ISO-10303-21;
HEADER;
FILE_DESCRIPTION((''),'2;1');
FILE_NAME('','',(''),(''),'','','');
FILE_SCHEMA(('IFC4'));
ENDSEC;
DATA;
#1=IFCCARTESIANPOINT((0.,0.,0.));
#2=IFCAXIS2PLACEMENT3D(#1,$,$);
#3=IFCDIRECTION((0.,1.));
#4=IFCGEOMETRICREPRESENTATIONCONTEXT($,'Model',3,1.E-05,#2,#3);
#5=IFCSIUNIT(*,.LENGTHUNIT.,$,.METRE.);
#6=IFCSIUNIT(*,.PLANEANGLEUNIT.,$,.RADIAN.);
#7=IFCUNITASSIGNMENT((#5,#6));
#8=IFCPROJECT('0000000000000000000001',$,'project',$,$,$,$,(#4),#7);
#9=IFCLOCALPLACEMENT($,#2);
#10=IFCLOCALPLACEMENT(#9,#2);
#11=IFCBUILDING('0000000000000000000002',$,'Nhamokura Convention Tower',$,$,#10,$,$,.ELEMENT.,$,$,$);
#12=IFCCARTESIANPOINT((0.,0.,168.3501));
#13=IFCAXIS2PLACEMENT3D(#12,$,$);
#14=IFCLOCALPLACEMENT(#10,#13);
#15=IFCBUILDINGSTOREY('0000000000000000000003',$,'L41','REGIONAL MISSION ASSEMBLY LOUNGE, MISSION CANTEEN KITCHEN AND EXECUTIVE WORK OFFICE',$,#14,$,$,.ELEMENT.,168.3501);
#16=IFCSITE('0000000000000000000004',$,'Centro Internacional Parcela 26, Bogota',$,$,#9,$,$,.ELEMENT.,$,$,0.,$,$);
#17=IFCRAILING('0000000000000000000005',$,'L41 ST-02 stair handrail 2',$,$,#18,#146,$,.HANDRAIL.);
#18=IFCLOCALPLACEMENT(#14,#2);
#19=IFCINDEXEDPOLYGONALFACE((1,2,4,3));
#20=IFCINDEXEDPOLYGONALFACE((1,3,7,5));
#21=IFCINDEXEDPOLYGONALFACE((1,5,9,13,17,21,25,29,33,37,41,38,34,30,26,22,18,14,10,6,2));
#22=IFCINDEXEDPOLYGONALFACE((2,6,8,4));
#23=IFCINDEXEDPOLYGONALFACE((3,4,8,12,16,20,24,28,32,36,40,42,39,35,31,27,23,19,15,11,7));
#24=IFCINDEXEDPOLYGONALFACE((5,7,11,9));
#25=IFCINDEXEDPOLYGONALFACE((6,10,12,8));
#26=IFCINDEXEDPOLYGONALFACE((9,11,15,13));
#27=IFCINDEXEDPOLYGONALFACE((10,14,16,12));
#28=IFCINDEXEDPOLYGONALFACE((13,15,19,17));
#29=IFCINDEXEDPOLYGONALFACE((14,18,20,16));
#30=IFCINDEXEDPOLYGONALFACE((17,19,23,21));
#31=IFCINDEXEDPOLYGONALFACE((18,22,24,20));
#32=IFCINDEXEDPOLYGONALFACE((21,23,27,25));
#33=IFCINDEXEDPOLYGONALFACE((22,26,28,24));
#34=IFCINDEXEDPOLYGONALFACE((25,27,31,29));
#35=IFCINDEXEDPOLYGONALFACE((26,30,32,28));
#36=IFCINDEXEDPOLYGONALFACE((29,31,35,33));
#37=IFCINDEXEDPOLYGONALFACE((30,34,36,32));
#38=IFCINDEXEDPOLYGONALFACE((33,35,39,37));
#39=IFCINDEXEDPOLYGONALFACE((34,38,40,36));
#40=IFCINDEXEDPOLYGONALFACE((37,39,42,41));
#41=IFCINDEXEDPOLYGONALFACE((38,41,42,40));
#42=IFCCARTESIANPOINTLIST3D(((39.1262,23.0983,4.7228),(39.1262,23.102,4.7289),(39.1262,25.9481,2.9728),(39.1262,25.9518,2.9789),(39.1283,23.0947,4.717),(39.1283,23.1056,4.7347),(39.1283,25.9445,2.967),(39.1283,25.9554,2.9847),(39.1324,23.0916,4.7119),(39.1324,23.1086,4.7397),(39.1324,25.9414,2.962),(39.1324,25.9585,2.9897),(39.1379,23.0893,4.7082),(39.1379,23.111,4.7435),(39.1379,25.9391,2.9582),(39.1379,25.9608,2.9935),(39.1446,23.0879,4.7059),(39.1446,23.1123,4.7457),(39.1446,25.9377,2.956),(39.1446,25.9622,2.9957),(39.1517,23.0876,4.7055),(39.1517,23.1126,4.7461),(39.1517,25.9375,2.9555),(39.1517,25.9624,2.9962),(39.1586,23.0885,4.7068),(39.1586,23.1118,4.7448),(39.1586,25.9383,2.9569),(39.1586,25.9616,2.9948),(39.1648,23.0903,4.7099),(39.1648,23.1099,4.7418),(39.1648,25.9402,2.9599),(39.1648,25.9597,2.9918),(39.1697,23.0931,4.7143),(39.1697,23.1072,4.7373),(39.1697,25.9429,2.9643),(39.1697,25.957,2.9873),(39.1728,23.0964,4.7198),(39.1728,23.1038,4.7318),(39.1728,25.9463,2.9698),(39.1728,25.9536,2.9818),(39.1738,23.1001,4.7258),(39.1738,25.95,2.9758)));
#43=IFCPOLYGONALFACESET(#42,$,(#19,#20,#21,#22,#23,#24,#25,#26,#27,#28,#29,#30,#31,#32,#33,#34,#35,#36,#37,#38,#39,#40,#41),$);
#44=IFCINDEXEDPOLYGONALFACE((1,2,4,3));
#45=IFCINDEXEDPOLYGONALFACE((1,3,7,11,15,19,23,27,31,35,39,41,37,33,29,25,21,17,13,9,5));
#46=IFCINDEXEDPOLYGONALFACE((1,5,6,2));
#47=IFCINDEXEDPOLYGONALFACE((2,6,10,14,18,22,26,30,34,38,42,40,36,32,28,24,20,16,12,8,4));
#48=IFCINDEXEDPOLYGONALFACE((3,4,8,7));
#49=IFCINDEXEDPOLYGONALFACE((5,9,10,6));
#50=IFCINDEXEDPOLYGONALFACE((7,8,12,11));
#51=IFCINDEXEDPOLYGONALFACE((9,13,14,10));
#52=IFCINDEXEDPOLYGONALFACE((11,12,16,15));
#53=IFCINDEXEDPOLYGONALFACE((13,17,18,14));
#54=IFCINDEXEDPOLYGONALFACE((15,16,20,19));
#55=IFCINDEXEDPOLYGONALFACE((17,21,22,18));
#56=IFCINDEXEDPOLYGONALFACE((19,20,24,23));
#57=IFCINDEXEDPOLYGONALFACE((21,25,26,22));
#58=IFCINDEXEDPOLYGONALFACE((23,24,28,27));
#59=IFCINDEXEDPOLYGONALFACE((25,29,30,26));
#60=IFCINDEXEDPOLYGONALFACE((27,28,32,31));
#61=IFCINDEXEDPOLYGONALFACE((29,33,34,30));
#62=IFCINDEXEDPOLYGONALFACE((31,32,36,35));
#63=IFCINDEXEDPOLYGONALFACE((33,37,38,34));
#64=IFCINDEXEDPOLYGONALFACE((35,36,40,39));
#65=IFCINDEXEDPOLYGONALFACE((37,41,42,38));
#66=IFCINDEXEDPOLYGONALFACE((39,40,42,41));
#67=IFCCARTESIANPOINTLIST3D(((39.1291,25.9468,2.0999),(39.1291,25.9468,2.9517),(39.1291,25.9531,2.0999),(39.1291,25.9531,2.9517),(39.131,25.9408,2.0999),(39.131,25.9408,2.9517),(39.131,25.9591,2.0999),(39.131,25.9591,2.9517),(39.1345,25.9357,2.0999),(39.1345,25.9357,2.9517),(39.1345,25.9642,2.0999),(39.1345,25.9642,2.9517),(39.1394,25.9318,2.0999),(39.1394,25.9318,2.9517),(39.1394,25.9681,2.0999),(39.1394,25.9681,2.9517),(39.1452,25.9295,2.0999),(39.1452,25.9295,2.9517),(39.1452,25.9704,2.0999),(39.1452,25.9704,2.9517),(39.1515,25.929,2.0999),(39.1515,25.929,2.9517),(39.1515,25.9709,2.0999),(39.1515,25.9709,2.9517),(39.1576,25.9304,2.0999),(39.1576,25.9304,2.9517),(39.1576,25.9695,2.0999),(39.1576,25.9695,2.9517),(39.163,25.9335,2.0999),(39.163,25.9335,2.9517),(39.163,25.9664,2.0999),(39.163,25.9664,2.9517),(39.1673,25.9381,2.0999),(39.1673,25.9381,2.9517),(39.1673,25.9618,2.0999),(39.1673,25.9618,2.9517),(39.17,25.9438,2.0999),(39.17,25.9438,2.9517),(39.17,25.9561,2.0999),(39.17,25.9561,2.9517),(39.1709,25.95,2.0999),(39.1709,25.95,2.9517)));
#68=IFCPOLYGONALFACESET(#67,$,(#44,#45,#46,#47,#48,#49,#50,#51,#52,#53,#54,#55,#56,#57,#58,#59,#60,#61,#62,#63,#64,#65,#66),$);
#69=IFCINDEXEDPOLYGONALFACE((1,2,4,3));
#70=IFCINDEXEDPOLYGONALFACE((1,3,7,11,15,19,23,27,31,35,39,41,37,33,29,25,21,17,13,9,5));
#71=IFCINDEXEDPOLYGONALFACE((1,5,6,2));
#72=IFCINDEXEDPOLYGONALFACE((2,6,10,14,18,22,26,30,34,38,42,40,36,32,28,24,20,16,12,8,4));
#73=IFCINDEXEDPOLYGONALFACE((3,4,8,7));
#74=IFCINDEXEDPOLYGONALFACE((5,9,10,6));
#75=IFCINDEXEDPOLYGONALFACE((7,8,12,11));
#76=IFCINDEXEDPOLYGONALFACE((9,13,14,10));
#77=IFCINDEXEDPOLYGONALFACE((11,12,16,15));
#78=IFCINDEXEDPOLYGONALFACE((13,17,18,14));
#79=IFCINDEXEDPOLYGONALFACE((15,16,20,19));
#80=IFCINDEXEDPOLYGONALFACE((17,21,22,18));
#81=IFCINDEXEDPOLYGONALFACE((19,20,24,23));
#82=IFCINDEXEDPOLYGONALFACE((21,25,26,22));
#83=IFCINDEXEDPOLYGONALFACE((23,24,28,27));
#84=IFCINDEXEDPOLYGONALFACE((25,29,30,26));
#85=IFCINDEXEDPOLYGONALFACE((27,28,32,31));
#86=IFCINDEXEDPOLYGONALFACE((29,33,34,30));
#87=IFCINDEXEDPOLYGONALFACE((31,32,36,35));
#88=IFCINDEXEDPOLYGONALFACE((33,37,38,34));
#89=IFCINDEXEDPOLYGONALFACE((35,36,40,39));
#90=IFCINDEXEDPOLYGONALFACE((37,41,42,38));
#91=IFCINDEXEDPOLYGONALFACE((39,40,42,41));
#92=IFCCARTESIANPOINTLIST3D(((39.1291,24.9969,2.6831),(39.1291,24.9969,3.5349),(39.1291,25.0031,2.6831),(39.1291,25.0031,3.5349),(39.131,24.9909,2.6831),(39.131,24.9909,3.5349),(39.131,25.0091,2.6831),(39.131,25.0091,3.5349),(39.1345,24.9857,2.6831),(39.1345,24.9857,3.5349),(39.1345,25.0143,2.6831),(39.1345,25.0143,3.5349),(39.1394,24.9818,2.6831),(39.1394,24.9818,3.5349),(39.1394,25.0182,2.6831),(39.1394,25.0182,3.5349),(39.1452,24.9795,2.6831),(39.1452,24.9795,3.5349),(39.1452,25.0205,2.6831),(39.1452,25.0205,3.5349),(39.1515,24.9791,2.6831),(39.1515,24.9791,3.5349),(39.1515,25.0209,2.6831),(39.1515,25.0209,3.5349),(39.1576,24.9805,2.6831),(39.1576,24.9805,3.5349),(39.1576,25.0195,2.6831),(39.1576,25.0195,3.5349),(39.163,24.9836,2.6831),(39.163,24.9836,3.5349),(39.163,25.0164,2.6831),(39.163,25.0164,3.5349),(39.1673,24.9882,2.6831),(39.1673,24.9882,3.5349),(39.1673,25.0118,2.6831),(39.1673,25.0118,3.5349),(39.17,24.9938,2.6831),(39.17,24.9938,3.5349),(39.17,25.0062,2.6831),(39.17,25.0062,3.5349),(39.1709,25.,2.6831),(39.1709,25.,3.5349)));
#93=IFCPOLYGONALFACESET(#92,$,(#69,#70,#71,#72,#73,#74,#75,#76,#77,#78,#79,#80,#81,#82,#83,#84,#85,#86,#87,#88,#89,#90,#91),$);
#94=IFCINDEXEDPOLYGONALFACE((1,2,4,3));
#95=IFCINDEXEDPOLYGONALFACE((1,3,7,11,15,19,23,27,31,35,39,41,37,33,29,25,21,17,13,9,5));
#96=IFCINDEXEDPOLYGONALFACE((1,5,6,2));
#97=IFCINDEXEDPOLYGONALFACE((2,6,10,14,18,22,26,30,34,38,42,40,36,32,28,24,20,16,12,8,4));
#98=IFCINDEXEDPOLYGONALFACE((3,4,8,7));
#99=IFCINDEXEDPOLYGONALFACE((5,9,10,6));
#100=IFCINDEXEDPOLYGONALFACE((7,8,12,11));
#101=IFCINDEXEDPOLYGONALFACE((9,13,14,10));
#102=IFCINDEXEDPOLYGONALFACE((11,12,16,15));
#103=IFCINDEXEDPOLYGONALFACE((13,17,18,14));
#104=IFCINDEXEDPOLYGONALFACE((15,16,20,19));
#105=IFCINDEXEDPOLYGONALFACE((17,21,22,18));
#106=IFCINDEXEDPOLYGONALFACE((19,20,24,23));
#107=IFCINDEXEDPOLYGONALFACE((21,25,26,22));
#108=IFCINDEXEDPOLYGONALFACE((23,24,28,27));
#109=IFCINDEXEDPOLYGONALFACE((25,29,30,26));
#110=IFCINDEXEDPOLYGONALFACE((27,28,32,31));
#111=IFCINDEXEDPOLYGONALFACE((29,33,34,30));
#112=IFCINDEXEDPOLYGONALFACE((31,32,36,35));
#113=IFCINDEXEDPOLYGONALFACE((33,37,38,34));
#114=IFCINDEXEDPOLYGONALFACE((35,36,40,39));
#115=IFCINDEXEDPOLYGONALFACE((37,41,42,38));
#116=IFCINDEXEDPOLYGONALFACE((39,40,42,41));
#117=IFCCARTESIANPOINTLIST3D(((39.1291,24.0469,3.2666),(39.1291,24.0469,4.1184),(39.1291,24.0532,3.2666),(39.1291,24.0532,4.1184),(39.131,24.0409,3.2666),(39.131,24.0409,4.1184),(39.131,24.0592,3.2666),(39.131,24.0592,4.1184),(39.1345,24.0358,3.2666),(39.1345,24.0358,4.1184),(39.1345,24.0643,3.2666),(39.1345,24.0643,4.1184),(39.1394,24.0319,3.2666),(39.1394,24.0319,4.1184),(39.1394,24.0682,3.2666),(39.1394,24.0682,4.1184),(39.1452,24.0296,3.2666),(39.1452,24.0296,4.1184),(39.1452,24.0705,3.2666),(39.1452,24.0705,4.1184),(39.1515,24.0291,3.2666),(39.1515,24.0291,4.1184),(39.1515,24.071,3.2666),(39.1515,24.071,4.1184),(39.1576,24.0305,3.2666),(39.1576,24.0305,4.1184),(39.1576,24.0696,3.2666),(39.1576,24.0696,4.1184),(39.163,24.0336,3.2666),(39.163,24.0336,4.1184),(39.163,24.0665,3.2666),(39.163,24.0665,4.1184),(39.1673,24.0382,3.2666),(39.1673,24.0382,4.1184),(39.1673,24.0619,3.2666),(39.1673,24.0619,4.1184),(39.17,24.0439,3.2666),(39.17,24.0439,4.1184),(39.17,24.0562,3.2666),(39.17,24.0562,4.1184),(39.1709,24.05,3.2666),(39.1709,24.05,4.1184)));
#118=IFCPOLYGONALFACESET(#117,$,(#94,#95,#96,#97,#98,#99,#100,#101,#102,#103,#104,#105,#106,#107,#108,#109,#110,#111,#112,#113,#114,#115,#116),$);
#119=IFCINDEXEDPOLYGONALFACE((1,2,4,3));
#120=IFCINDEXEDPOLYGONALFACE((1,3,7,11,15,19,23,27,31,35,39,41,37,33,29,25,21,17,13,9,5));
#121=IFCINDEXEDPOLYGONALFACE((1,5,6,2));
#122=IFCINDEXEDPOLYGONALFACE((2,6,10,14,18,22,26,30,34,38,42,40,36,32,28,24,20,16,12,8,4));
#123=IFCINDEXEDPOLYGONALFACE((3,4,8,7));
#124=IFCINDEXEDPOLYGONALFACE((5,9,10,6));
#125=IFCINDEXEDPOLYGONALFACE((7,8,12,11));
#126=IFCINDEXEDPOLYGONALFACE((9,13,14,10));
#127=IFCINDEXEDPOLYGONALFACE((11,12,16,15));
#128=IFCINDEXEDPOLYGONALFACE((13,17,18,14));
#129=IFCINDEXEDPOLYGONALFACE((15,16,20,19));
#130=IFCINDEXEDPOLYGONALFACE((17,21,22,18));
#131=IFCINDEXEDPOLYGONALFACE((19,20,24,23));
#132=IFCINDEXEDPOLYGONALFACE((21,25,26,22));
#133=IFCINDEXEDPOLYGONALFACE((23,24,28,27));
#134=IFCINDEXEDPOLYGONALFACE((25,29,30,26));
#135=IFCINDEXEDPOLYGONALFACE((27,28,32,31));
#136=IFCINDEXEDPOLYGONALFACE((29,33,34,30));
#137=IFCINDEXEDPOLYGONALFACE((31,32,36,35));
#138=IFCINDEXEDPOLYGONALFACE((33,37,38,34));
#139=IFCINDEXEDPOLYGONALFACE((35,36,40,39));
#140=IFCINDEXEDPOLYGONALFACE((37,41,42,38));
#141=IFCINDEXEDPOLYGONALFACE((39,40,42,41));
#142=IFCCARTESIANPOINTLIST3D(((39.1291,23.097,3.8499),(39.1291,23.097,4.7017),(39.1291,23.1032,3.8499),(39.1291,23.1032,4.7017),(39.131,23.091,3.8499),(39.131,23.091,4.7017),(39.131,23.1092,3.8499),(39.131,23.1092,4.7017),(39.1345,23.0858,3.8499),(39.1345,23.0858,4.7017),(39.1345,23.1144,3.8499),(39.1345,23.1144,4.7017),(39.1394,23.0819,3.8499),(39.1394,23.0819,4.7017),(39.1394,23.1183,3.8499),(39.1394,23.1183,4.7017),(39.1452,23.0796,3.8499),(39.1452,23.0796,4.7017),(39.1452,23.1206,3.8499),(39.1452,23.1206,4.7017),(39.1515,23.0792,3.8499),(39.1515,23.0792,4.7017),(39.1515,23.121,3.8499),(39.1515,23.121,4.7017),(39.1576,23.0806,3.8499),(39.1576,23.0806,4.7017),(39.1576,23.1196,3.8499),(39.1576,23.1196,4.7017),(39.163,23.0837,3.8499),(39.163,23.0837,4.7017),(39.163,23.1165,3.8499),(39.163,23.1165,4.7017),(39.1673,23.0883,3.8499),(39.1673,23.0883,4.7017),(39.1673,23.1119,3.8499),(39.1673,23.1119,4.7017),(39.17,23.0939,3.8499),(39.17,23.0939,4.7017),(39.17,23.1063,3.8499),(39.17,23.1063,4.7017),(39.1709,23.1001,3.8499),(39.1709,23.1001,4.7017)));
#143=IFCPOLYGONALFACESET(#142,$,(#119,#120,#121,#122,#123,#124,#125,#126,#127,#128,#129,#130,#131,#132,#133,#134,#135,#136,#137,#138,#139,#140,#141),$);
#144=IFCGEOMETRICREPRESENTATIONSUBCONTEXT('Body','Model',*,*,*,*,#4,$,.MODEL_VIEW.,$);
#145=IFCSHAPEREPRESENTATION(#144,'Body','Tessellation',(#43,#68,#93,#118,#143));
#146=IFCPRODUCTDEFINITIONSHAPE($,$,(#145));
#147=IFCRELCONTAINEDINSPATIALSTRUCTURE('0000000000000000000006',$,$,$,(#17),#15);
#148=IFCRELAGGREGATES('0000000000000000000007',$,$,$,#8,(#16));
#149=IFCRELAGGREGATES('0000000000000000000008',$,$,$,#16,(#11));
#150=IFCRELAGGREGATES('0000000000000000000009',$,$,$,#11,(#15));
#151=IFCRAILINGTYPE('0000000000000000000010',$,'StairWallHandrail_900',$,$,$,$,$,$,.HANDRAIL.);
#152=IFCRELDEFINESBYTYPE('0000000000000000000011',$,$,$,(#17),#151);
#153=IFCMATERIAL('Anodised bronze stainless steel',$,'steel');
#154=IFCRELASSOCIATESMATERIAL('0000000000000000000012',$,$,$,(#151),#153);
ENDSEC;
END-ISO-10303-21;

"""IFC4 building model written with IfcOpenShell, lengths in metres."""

from ifc_helpers import new_model, si_unit, direction, frame, origin, origin_2d, place, context, subcontext, project, spatial, circle, extrude, material, type_object, element, save


model = new_model("IFC4")

# Units and contexts
model_context = context("Model", 3, precision=1e-05, world=origin(), true_north=direction((0.0, 1.0)))
body_context = subcontext(model_context, "Body", "Model", "MODEL_VIEW")
ifc_project = project(units=[si_unit("LENGTHUNIT", "METRE"), si_unit("PLANEANGLEUNIT", "RADIAN")], contexts=[model_context])

# Site, building, storey
site_placement = place(None, origin())
site = spatial("IfcSite", under=ifc_project, at=site_placement, Name="Centro Internacional Parcela 26, Bogota", CompositionType="ELEMENT", RefElevation=0.0)
building_placement = place(site_placement, origin())
building = spatial("IfcBuilding", under=site, at=building_placement, Name="Nhamokura Convention Tower", CompositionType="ELEMENT")
storey_placement = place(building_placement, frame((0.0, 0.0, 168.3501)))
storey = spatial("IfcBuildingStorey", under=building, at=storey_placement, Name="L41", Description="REGIONAL MISSION ASSEMBLY LOUNGE, MISSION CANTEEN KITCHEN AND EXECUTIVE WORK OFFICE", CompositionType="ELEMENT", Elevation=168.3501)

# Railing
ifc_material_1 = material(Name="Anodised bronze stainless steel", Category="steel")
railing_type_1 = type_object("IfcRailingType", Name="StairWallHandrail_900", PredefinedType="HANDRAIL", material=ifc_material_1)
railing_1_placement = place(storey_placement, frame((39.1499, 25.95, 2.0999)))
element("IfcRailing", 1, at=railing_1_placement, inside=storey, type_object=railing_type_1, Name="L41 ST-02 stair handrail 2", PredefinedType="HANDRAIL", context=body_context, shape_type="SweptSolid", body=[
    extrude(circle(Radius=0.0239, at=origin_2d()), frame((0.0, 0.0, 0.876), z_axis=(0.0, -0.852159, 0.523283), x_axis=(1.0, 0.0, 0.0)), (0.0, 0.0, 1.0), 3.3442),
    extrude(circle(Radius=0.021, at=origin_2d()), origin(), (0.0, 0.0, 1.0), 0.8518),
    extrude(circle(Radius=0.021, at=origin_2d()), frame((0.0, -0.95, 0.5833)), (0.0, 0.0, 1.0), 0.8518),
    extrude(circle(Radius=0.021, at=origin_2d()), frame((0.0, -1.8999, 1.1667)), (0.0, 0.0, 1.0), 0.8518),
    extrude(circle(Radius=0.021, at=origin_2d()), frame((0.0, -2.8499, 1.75)), (0.0, 0.0, 1.0), 0.8518),
])

save(model, "model.ifc")
